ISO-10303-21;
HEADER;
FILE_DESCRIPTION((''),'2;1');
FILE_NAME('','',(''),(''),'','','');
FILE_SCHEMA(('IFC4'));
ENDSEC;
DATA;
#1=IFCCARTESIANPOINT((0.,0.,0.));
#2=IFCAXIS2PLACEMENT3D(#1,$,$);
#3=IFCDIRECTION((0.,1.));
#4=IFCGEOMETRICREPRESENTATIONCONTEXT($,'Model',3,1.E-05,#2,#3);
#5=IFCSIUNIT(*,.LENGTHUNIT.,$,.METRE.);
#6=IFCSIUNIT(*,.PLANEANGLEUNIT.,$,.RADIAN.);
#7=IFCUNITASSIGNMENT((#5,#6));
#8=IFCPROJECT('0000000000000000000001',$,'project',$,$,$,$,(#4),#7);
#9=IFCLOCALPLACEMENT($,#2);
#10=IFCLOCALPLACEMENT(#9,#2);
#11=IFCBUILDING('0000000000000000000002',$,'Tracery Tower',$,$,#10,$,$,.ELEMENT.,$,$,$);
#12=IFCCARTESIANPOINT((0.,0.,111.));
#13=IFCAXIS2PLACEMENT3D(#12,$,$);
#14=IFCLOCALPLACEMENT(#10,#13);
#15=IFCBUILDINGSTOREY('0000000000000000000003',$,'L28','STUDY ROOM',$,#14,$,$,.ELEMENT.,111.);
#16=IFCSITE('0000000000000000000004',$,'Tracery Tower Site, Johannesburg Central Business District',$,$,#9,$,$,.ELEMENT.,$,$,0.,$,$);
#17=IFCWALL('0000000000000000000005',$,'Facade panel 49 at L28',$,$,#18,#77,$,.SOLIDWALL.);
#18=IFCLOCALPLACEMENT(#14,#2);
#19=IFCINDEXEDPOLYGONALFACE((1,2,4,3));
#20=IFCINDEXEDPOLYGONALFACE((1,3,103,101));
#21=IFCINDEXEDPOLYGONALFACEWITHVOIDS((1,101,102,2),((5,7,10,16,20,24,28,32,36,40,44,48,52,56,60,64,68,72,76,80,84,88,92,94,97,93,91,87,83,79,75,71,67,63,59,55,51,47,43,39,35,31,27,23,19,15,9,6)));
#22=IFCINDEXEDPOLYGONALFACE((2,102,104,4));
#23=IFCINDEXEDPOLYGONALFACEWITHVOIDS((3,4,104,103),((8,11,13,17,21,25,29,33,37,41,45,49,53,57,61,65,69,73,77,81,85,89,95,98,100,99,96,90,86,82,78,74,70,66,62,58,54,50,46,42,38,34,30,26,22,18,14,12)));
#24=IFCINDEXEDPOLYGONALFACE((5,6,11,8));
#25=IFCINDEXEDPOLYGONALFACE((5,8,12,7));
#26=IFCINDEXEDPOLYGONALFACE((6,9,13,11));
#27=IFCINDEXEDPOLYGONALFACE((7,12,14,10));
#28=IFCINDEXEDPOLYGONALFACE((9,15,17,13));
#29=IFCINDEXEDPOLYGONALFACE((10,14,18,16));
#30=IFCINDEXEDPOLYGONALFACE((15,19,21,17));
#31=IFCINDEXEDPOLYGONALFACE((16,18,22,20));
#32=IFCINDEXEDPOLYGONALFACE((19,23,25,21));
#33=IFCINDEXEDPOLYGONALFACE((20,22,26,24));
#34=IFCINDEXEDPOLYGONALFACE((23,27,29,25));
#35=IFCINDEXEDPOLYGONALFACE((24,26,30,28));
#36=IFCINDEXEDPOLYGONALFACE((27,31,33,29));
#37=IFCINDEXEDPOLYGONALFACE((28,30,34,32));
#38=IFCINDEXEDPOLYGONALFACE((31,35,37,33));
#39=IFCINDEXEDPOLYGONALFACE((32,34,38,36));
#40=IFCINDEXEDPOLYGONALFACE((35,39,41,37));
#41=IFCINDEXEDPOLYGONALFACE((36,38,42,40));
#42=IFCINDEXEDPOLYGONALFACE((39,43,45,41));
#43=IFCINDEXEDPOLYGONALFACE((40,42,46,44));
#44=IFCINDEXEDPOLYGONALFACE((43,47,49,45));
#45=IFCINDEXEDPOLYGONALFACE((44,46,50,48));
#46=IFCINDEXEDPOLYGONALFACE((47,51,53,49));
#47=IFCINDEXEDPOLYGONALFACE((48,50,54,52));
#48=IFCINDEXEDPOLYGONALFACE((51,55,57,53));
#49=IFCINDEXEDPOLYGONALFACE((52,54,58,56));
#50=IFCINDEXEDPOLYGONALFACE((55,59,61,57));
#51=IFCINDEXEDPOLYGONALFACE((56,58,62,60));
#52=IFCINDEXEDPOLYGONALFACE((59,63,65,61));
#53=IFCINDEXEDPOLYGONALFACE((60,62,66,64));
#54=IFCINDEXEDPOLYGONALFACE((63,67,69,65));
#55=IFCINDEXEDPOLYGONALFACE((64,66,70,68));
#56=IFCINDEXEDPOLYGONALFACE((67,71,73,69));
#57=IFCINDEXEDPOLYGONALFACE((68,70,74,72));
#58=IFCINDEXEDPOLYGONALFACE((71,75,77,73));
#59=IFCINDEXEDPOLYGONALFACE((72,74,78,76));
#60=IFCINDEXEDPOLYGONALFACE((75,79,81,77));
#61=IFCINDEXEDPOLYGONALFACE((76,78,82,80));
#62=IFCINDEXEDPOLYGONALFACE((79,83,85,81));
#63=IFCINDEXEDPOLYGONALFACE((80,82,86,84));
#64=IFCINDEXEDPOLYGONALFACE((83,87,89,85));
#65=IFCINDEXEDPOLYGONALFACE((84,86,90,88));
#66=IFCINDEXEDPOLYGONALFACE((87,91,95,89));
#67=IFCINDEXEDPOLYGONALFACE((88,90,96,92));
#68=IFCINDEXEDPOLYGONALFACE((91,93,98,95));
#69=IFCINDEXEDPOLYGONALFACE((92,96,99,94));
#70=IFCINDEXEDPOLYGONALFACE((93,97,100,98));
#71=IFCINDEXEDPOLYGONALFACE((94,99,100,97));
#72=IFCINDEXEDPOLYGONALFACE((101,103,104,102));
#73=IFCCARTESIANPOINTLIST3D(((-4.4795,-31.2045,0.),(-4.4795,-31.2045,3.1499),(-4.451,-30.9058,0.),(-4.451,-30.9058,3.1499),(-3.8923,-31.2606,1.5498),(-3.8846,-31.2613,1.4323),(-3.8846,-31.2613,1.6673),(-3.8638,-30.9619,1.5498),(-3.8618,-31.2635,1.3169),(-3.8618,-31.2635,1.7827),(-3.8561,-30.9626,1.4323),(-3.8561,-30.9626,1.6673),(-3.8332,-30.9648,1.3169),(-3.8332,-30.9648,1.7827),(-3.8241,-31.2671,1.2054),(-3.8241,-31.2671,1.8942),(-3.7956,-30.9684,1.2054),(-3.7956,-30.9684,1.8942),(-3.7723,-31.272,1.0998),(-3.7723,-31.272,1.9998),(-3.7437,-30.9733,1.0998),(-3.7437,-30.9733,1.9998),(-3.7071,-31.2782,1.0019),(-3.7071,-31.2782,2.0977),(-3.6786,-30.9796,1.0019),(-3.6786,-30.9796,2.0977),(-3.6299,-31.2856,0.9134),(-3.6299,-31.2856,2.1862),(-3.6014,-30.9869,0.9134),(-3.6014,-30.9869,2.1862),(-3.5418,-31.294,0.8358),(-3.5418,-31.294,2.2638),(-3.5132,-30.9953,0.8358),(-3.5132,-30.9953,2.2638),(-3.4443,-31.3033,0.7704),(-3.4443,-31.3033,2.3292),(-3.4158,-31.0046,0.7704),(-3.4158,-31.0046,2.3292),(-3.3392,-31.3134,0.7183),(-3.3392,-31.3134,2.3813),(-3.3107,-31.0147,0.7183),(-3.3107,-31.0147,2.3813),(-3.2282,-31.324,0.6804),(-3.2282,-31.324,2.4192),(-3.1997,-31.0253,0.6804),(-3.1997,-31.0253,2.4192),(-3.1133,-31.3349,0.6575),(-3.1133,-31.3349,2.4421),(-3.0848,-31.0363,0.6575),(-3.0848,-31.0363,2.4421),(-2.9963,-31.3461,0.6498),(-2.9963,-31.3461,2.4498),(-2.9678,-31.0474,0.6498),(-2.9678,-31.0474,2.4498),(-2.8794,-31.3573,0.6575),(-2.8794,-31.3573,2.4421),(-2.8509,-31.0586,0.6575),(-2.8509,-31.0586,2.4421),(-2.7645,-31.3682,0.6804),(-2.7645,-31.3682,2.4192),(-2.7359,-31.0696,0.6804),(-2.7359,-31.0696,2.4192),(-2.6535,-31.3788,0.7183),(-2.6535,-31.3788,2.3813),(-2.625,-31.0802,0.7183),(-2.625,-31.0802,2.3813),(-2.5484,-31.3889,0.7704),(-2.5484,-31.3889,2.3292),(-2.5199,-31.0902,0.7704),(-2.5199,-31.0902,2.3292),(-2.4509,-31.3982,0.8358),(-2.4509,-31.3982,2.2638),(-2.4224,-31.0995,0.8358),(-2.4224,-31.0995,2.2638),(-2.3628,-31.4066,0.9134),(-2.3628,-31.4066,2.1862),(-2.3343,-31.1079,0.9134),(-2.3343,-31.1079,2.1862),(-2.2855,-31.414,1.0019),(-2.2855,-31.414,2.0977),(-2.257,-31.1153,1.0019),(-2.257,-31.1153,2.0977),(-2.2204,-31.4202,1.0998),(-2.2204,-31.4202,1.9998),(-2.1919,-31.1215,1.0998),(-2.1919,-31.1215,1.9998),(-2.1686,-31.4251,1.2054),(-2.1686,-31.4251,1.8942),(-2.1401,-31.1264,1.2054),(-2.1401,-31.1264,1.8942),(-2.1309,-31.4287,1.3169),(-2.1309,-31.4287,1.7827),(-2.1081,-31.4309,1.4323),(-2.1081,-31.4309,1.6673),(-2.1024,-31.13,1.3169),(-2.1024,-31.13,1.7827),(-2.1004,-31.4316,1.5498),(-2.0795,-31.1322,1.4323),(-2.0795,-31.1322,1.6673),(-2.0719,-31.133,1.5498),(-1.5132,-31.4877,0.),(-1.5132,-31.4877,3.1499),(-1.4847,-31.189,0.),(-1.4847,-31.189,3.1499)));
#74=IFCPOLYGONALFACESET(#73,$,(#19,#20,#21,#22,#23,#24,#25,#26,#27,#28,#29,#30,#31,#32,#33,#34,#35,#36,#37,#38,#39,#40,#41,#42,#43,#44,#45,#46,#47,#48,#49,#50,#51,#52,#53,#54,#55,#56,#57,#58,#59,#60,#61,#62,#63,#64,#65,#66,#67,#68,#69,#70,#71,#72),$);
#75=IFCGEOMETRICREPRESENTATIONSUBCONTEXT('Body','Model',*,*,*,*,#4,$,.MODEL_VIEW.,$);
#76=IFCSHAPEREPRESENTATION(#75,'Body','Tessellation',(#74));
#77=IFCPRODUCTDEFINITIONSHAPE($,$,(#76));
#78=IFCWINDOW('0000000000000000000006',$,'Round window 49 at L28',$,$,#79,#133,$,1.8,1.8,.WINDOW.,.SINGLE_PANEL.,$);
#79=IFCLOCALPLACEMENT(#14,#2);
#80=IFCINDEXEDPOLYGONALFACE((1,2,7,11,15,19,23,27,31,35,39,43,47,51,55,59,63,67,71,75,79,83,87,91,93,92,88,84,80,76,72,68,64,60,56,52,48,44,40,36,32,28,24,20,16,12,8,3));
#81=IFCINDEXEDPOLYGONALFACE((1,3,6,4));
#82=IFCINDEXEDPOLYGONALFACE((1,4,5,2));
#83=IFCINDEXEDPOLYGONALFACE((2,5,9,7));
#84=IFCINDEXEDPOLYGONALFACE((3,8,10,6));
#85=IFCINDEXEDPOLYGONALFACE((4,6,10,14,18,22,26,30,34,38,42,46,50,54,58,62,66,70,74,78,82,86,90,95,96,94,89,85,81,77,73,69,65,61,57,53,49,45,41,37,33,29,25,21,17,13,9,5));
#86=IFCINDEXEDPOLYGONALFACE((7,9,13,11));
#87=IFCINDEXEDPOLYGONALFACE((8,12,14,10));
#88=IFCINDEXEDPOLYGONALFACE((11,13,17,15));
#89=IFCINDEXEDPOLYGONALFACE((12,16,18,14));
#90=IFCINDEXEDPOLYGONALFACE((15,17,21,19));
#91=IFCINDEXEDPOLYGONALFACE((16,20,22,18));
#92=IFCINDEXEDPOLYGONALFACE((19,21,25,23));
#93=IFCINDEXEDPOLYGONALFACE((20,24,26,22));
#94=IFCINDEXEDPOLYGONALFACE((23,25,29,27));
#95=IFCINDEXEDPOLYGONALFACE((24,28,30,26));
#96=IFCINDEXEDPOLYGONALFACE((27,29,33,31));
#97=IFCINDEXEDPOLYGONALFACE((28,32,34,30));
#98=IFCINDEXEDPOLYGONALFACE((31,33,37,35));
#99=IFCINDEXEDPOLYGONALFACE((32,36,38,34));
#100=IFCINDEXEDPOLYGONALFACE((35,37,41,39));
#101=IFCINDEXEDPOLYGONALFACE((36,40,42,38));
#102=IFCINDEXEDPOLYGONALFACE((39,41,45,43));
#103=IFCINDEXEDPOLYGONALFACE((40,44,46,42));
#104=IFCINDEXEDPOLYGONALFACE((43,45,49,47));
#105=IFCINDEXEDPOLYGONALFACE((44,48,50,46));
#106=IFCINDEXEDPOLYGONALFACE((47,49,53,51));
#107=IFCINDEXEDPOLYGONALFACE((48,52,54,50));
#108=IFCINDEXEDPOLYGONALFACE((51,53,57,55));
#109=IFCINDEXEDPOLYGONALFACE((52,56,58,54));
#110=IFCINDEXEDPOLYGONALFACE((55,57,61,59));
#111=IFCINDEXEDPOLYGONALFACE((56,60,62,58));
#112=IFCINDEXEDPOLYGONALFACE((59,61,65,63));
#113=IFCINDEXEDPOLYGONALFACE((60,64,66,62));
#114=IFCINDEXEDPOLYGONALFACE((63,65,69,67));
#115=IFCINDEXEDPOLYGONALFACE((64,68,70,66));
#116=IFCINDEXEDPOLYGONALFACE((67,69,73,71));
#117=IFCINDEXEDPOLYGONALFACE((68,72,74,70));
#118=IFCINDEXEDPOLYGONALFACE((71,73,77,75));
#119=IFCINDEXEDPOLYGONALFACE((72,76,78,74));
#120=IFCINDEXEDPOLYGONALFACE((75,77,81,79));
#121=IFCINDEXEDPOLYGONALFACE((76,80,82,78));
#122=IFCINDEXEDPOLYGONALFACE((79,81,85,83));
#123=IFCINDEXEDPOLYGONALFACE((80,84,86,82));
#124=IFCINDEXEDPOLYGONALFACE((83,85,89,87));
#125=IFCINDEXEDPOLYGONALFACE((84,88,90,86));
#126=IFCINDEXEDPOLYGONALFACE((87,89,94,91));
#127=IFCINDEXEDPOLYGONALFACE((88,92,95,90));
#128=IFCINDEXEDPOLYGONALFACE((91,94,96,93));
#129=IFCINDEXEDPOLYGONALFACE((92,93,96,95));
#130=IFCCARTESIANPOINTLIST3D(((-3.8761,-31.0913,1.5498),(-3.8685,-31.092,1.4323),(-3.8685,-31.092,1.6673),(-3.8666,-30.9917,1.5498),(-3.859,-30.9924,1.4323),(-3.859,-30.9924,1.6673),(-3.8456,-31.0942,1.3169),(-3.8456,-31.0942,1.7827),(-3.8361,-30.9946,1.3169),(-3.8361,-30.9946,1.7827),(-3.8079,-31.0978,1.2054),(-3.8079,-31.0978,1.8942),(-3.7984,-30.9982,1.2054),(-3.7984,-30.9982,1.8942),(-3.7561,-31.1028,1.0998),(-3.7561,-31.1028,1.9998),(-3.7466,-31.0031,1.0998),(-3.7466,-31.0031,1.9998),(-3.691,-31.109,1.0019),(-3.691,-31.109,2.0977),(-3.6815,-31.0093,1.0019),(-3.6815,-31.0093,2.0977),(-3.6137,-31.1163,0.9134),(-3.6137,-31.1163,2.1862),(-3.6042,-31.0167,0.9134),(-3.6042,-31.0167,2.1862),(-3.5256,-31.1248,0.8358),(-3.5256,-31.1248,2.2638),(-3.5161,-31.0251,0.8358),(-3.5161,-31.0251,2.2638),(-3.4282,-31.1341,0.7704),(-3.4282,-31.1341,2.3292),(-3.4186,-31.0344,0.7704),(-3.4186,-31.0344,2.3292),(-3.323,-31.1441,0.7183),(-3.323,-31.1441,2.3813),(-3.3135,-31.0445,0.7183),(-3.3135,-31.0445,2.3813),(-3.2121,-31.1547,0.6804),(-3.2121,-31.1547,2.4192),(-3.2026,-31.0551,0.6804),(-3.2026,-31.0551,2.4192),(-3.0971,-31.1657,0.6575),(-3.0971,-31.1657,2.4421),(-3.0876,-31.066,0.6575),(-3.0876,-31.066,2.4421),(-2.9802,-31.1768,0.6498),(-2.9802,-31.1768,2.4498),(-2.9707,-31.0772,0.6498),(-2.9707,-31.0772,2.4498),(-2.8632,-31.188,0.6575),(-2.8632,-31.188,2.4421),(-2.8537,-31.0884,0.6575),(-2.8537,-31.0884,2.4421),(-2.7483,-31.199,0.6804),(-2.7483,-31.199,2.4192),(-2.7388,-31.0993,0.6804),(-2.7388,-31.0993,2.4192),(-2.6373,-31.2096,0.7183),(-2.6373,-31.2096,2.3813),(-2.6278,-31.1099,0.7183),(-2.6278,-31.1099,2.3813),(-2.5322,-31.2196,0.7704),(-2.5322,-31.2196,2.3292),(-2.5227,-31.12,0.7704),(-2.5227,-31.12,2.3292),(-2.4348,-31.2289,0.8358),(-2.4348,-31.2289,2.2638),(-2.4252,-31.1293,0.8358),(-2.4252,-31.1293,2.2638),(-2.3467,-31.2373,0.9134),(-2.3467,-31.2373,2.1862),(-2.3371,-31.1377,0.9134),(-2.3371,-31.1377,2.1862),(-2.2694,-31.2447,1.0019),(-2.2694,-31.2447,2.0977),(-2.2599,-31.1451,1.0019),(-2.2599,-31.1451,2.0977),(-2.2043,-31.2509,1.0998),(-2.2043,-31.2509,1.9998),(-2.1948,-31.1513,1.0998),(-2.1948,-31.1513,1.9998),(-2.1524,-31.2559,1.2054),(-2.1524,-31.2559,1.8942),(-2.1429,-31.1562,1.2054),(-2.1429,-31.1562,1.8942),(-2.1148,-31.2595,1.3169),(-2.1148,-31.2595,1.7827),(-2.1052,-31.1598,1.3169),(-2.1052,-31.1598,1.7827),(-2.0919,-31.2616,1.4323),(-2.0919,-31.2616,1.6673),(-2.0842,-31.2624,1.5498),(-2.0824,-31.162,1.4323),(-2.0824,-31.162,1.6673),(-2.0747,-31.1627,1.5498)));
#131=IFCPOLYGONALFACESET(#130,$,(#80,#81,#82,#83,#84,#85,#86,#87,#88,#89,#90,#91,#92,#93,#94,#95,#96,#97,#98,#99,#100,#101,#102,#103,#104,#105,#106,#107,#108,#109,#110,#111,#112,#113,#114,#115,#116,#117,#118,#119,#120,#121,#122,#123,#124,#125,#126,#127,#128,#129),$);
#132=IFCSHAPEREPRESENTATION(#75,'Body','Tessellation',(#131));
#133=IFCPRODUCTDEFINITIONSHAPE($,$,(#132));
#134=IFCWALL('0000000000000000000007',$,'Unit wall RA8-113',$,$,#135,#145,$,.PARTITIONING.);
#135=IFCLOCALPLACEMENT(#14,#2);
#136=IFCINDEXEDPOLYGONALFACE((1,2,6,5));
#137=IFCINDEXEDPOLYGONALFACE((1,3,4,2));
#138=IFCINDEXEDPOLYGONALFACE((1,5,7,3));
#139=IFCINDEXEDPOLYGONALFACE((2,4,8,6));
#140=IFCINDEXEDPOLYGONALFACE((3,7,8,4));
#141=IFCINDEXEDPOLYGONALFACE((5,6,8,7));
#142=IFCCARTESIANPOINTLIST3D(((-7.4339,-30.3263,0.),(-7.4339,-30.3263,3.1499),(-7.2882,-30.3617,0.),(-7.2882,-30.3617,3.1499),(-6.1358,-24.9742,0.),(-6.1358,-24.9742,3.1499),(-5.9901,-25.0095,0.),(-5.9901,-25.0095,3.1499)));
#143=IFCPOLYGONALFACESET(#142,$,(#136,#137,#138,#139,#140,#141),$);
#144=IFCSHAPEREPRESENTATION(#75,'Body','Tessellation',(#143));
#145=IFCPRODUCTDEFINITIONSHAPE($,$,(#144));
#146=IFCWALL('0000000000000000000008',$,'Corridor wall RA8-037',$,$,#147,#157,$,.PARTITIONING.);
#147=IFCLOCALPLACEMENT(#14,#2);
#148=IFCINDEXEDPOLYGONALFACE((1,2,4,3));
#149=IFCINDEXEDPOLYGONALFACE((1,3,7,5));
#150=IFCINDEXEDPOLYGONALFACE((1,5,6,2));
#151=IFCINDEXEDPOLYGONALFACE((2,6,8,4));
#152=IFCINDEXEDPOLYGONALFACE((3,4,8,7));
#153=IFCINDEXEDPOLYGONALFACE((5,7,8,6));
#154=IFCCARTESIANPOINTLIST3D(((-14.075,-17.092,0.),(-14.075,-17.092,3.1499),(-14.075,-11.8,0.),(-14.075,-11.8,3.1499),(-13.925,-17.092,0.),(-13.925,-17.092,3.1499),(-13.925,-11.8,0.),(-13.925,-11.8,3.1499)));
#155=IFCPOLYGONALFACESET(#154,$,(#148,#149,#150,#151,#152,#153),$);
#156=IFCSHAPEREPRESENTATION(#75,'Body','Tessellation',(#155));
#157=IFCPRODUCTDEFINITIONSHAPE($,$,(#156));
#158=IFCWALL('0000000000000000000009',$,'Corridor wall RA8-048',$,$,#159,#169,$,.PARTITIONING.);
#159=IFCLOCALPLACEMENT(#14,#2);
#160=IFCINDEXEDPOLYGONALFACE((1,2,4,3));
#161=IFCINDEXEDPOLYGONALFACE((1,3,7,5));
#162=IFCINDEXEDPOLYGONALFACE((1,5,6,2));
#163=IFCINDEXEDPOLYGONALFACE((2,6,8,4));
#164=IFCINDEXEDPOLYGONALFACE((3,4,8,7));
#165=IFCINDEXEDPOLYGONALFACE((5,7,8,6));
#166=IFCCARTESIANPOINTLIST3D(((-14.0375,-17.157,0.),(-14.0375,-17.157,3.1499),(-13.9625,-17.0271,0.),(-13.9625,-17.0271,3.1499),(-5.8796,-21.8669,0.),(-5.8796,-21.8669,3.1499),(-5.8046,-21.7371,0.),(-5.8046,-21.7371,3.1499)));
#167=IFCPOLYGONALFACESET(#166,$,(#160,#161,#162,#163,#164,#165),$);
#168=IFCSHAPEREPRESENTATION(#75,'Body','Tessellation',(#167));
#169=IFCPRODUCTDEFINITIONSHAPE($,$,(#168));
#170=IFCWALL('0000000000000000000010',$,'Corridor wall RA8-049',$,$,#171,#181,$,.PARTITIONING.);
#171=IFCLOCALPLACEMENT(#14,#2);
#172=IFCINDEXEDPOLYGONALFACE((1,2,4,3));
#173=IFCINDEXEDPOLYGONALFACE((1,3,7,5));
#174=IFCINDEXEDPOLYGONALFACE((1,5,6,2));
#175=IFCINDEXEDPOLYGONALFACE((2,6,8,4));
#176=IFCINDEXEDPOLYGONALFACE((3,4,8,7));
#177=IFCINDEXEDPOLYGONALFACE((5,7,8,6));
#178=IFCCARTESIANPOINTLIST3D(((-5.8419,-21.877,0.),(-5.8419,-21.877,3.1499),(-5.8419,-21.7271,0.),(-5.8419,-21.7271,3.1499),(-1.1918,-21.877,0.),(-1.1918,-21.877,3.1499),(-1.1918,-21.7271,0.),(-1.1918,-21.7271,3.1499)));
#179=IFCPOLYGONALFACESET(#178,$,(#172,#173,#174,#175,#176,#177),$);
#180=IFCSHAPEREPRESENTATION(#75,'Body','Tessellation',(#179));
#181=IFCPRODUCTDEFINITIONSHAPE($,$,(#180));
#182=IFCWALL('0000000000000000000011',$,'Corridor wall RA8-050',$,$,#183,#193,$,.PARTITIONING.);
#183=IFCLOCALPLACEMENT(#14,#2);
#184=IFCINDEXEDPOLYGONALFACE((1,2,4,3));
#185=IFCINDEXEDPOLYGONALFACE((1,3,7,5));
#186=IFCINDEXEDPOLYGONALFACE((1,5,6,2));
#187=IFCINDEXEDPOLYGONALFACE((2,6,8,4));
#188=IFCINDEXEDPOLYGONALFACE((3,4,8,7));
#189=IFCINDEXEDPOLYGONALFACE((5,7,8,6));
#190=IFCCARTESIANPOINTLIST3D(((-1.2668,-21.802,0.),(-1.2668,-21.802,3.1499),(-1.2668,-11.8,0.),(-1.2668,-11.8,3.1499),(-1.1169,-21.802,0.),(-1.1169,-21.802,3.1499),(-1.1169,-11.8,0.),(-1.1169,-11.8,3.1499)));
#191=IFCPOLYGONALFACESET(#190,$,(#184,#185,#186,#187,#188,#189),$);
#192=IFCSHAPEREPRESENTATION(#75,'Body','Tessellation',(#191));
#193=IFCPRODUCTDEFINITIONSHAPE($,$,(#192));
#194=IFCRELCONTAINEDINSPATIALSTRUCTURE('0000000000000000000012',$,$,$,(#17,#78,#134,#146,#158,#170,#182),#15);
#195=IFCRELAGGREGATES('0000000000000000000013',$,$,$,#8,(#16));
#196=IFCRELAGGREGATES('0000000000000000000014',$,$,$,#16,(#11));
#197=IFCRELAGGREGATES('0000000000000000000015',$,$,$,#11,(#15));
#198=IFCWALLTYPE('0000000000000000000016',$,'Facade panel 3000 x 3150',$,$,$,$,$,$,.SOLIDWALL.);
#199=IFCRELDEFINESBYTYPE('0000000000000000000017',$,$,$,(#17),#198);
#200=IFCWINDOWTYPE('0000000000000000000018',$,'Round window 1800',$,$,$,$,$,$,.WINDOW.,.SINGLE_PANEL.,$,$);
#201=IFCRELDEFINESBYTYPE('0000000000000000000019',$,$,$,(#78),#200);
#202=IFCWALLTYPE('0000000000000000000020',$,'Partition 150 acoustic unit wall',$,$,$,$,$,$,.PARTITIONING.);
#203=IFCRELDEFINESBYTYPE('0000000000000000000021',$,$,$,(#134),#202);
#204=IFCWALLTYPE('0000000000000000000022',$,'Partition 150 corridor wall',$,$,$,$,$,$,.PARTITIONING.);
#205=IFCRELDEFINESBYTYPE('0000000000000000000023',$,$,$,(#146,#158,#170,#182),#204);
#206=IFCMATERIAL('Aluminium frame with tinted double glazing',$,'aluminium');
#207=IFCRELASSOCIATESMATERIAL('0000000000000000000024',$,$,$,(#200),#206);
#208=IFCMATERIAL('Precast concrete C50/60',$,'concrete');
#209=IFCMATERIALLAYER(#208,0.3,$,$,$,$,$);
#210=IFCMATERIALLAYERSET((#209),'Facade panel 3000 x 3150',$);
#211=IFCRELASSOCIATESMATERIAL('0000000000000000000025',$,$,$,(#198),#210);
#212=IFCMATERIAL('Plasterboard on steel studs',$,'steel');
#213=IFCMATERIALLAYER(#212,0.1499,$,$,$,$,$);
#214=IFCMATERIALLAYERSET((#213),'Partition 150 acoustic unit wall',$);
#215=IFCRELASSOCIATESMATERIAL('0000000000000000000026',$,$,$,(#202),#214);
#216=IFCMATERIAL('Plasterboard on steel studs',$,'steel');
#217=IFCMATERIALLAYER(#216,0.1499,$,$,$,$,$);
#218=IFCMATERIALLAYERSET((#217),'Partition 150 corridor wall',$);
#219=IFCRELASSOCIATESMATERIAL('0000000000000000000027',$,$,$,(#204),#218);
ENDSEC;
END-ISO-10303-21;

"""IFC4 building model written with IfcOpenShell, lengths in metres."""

from ifc_helpers import new_model, si_unit, direction, frame, frame_2d, origin, origin_2d, place, context, subcontext, project, spatial, rectangle, circle, extrude, material, layer, layer_set, type_object, element, fill, save


model = new_model("IFC4")

# Units and contexts
model_context = context("Model", 3, precision=1e-05, world=origin(), true_north=direction((0.0, 1.0)))
body_context = subcontext(model_context, "Body", "Model", "MODEL_VIEW")
ifc_project = project(units=[si_unit("LENGTHUNIT", "METRE"), si_unit("PLANEANGLEUNIT", "RADIAN")], contexts=[model_context])

# Site, building, storey
site_placement = place(None, origin())
site = spatial("IfcSite", under=ifc_project, at=site_placement, Name="Tracery Tower Site, Johannesburg Central Business District", CompositionType="ELEMENT", RefElevation=0.0)
building_placement = place(site_placement, origin())
building = spatial("IfcBuilding", under=site, at=building_placement, Name="Tracery Tower", CompositionType="ELEMENT")
storey_placement = place(building_placement, frame((0.0, 0.0, 111.0)))
storey = spatial("IfcBuildingStorey", under=building, at=storey_placement, Name="L28", Description="STUDY ROOM", CompositionType="ELEMENT", Elevation=111.0)

# Wall, opening, window
ifc_material_1 = material(Name="Aluminium frame with tinted double glazing", Category="aluminium")
window_type = type_object("IfcWindowType", Name="Round window 1800", PartitioningType="SINGLE_PANEL", PredefinedType="WINDOW", material=ifc_material_1)
ifc_material_2 = material(Name="Precast concrete C50/60", Category="concrete")
ifc_layer_1 = layer(ifc_material_2, 0.3)
ifc_layer_set_1 = layer_set([ifc_layer_1], Name="Facade panel 3000 x 3150")
wall_type_1 = type_object("IfcWallType", Name="Facade panel 3000 x 3150", PredefinedType="SOLIDWALL", material=ifc_layer_set_1)
wall_1_placement = place(storey_placement, frame((-4.4651, -31.0552, 0.0), z_axis=(0.0, 0.0, 1.0), x_axis=(0.995473, -0.095041, 0.0)))
wall_1 = element("IfcWall", 1, at=wall_1_placement, inside=storey, type_object=wall_type_1, Name="Facade panel 49 at L28", PredefinedType="SOLIDWALL", context=body_context, shape_type="SweptSolid", body=[
    extrude(rectangle(XDim=2.9797, YDim=0.3, at=frame_2d((1.4897, 0.0))), origin(), (0.0, 0.0, 1.0), 3.1499),
])
opening_1_placement = place(wall_1_placement, frame((1.4897, 0.0, 1.5498)))
opening_1 = element("IfcOpeningElement", 2, at=opening_1_placement, cuts=wall_1, PredefinedType="OPENING", context=body_context, shape_type="SweptSolid", body=[
    extrude(circle(Radius=0.9, at=origin_2d()), frame((0.0, 0.1599, 0.0), z_axis=(0.0, -1.0, 0.0), x_axis=(1.0, 0.0, 0.0)), (0.0, 0.0, 1.0), 0.3201),
])
window_1_placement = place(opening_1_placement, origin())
window_1 = element("IfcWindow", 3, at=window_1_placement, inside=storey, type_object=window_type, Name="Round window 49 at L28", OverallHeight=1.8, OverallWidth=1.8, PartitioningType="SINGLE_PANEL", PredefinedType="WINDOW", context=body_context, shape_type="SweptSolid", body=[
    extrude(circle(Radius=0.9, at=origin_2d()), frame((0.0, 0.1201, 0.0), z_axis=(0.0, -1.0, 0.0), x_axis=(1.0, 0.0, 0.0)), (0.0, 0.0, 1.0), 0.1001),
])
fill(opening_1, window_1)

# Walls
ifc_material_3 = material(Name="Plasterboard on steel studs", Category="steel")
ifc_layer_2 = layer(ifc_material_3, 0.1499)
ifc_layer_set_2 = layer_set([ifc_layer_2], Name="Partition 150 acoustic unit wall")
wall_type_2 = type_object("IfcWallType", Name="Partition 150 acoustic unit wall", PredefinedType="PARTITIONING", material=ifc_layer_set_2)
wall_2_placement = place(storey_placement, frame((-7.3611, -30.344, 0.0), z_axis=(0.0, 0.0, 1.0), x_axis=(0.235708, 0.971824, 0.0)))
element("IfcWall", 4, at=wall_2_placement, inside=storey, type_object=wall_type_2, Name="Unit wall RA8-113", PredefinedType="PARTITIONING", context=body_context, shape_type="SweptSolid", body=[
    extrude(rectangle(XDim=5.5073, YDim=0.1499, at=frame_2d((2.7537, 0.0))), origin(), (0.0, 0.0, 1.0), 3.1499),
])
ifc_material_4 = material(Name="Plasterboard on steel studs", Category="steel")
ifc_layer_3 = layer(ifc_material_4, 0.1499)
ifc_layer_set_3 = layer_set([ifc_layer_3], Name="Partition 150 corridor wall")
wall_type_3 = type_object("IfcWallType", Name="Partition 150 corridor wall", PredefinedType="PARTITIONING", material=ifc_layer_set_3)
wall_3_placement = place(storey_placement, frame((-14.0, -17.092, 0.0), z_axis=(0.0, 0.0, 1.0), x_axis=(0.0, 1.0, 0.0)))
element("IfcWall", 5, at=wall_3_placement, inside=storey, type_object=wall_type_3, Name="Corridor wall RA8-037", PredefinedType="PARTITIONING", context=body_context, shape_type="SweptSolid", body=[
    extrude(rectangle(XDim=5.292, YDim=0.1499, at=frame_2d((2.646, 0.0))), origin(), (0.0, 0.0, 1.0), 3.1499),
])
wall_4_placement = place(storey_placement, frame((-14.0, -17.092, 0.0), z_axis=(0.0, 0.0, 1.0), x_axis=(0.866027, -0.499997, 0.0)))
element("IfcWall", 6, at=wall_4_placement, inside=storey, type_object=wall_type_3, Name="Corridor wall RA8-048", PredefinedType="PARTITIONING", context=body_context, shape_type="SweptSolid", body=[
    extrude(rectangle(XDim=9.4199, YDim=0.1499, at=frame_2d((4.71, 0.0))), origin(), (0.0, 0.0, 1.0), 3.1499),
])
wall_5_placement = place(storey_placement, frame((-5.842, -21.802, 0.0), z_axis=(0.0, 0.0, 1.0), x_axis=(1.0, 0.0, 0.0)))
element("IfcWall", 7, at=wall_5_placement, inside=storey, type_object=wall_type_3, Name="Corridor wall RA8-049", PredefinedType="PARTITIONING", context=body_context, shape_type="SweptSolid", body=[
    extrude(rectangle(XDim=4.6501, YDim=0.1499, at=frame_2d((2.3252, 0.0))), origin(), (0.0, 0.0, 1.0), 3.1499),
])
wall_6_placement = place(storey_placement, frame((-1.1919, -21.802, 0.0), z_axis=(0.0, 0.0, 1.0), x_axis=(0.0, 1.0, 0.0)))
element("IfcWall", 8, at=wall_6_placement, inside=storey, type_object=wall_type_3, Name="Corridor wall RA8-050", PredefinedType="PARTITIONING", context=body_context, shape_type="SweptSolid", body=[
    extrude(rectangle(XDim=10.002, YDim=0.1499, at=frame_2d((5.001, 0.0))), origin(), (0.0, 0.0, 1.0), 3.1499),
])

save(model, "model.ifc")
